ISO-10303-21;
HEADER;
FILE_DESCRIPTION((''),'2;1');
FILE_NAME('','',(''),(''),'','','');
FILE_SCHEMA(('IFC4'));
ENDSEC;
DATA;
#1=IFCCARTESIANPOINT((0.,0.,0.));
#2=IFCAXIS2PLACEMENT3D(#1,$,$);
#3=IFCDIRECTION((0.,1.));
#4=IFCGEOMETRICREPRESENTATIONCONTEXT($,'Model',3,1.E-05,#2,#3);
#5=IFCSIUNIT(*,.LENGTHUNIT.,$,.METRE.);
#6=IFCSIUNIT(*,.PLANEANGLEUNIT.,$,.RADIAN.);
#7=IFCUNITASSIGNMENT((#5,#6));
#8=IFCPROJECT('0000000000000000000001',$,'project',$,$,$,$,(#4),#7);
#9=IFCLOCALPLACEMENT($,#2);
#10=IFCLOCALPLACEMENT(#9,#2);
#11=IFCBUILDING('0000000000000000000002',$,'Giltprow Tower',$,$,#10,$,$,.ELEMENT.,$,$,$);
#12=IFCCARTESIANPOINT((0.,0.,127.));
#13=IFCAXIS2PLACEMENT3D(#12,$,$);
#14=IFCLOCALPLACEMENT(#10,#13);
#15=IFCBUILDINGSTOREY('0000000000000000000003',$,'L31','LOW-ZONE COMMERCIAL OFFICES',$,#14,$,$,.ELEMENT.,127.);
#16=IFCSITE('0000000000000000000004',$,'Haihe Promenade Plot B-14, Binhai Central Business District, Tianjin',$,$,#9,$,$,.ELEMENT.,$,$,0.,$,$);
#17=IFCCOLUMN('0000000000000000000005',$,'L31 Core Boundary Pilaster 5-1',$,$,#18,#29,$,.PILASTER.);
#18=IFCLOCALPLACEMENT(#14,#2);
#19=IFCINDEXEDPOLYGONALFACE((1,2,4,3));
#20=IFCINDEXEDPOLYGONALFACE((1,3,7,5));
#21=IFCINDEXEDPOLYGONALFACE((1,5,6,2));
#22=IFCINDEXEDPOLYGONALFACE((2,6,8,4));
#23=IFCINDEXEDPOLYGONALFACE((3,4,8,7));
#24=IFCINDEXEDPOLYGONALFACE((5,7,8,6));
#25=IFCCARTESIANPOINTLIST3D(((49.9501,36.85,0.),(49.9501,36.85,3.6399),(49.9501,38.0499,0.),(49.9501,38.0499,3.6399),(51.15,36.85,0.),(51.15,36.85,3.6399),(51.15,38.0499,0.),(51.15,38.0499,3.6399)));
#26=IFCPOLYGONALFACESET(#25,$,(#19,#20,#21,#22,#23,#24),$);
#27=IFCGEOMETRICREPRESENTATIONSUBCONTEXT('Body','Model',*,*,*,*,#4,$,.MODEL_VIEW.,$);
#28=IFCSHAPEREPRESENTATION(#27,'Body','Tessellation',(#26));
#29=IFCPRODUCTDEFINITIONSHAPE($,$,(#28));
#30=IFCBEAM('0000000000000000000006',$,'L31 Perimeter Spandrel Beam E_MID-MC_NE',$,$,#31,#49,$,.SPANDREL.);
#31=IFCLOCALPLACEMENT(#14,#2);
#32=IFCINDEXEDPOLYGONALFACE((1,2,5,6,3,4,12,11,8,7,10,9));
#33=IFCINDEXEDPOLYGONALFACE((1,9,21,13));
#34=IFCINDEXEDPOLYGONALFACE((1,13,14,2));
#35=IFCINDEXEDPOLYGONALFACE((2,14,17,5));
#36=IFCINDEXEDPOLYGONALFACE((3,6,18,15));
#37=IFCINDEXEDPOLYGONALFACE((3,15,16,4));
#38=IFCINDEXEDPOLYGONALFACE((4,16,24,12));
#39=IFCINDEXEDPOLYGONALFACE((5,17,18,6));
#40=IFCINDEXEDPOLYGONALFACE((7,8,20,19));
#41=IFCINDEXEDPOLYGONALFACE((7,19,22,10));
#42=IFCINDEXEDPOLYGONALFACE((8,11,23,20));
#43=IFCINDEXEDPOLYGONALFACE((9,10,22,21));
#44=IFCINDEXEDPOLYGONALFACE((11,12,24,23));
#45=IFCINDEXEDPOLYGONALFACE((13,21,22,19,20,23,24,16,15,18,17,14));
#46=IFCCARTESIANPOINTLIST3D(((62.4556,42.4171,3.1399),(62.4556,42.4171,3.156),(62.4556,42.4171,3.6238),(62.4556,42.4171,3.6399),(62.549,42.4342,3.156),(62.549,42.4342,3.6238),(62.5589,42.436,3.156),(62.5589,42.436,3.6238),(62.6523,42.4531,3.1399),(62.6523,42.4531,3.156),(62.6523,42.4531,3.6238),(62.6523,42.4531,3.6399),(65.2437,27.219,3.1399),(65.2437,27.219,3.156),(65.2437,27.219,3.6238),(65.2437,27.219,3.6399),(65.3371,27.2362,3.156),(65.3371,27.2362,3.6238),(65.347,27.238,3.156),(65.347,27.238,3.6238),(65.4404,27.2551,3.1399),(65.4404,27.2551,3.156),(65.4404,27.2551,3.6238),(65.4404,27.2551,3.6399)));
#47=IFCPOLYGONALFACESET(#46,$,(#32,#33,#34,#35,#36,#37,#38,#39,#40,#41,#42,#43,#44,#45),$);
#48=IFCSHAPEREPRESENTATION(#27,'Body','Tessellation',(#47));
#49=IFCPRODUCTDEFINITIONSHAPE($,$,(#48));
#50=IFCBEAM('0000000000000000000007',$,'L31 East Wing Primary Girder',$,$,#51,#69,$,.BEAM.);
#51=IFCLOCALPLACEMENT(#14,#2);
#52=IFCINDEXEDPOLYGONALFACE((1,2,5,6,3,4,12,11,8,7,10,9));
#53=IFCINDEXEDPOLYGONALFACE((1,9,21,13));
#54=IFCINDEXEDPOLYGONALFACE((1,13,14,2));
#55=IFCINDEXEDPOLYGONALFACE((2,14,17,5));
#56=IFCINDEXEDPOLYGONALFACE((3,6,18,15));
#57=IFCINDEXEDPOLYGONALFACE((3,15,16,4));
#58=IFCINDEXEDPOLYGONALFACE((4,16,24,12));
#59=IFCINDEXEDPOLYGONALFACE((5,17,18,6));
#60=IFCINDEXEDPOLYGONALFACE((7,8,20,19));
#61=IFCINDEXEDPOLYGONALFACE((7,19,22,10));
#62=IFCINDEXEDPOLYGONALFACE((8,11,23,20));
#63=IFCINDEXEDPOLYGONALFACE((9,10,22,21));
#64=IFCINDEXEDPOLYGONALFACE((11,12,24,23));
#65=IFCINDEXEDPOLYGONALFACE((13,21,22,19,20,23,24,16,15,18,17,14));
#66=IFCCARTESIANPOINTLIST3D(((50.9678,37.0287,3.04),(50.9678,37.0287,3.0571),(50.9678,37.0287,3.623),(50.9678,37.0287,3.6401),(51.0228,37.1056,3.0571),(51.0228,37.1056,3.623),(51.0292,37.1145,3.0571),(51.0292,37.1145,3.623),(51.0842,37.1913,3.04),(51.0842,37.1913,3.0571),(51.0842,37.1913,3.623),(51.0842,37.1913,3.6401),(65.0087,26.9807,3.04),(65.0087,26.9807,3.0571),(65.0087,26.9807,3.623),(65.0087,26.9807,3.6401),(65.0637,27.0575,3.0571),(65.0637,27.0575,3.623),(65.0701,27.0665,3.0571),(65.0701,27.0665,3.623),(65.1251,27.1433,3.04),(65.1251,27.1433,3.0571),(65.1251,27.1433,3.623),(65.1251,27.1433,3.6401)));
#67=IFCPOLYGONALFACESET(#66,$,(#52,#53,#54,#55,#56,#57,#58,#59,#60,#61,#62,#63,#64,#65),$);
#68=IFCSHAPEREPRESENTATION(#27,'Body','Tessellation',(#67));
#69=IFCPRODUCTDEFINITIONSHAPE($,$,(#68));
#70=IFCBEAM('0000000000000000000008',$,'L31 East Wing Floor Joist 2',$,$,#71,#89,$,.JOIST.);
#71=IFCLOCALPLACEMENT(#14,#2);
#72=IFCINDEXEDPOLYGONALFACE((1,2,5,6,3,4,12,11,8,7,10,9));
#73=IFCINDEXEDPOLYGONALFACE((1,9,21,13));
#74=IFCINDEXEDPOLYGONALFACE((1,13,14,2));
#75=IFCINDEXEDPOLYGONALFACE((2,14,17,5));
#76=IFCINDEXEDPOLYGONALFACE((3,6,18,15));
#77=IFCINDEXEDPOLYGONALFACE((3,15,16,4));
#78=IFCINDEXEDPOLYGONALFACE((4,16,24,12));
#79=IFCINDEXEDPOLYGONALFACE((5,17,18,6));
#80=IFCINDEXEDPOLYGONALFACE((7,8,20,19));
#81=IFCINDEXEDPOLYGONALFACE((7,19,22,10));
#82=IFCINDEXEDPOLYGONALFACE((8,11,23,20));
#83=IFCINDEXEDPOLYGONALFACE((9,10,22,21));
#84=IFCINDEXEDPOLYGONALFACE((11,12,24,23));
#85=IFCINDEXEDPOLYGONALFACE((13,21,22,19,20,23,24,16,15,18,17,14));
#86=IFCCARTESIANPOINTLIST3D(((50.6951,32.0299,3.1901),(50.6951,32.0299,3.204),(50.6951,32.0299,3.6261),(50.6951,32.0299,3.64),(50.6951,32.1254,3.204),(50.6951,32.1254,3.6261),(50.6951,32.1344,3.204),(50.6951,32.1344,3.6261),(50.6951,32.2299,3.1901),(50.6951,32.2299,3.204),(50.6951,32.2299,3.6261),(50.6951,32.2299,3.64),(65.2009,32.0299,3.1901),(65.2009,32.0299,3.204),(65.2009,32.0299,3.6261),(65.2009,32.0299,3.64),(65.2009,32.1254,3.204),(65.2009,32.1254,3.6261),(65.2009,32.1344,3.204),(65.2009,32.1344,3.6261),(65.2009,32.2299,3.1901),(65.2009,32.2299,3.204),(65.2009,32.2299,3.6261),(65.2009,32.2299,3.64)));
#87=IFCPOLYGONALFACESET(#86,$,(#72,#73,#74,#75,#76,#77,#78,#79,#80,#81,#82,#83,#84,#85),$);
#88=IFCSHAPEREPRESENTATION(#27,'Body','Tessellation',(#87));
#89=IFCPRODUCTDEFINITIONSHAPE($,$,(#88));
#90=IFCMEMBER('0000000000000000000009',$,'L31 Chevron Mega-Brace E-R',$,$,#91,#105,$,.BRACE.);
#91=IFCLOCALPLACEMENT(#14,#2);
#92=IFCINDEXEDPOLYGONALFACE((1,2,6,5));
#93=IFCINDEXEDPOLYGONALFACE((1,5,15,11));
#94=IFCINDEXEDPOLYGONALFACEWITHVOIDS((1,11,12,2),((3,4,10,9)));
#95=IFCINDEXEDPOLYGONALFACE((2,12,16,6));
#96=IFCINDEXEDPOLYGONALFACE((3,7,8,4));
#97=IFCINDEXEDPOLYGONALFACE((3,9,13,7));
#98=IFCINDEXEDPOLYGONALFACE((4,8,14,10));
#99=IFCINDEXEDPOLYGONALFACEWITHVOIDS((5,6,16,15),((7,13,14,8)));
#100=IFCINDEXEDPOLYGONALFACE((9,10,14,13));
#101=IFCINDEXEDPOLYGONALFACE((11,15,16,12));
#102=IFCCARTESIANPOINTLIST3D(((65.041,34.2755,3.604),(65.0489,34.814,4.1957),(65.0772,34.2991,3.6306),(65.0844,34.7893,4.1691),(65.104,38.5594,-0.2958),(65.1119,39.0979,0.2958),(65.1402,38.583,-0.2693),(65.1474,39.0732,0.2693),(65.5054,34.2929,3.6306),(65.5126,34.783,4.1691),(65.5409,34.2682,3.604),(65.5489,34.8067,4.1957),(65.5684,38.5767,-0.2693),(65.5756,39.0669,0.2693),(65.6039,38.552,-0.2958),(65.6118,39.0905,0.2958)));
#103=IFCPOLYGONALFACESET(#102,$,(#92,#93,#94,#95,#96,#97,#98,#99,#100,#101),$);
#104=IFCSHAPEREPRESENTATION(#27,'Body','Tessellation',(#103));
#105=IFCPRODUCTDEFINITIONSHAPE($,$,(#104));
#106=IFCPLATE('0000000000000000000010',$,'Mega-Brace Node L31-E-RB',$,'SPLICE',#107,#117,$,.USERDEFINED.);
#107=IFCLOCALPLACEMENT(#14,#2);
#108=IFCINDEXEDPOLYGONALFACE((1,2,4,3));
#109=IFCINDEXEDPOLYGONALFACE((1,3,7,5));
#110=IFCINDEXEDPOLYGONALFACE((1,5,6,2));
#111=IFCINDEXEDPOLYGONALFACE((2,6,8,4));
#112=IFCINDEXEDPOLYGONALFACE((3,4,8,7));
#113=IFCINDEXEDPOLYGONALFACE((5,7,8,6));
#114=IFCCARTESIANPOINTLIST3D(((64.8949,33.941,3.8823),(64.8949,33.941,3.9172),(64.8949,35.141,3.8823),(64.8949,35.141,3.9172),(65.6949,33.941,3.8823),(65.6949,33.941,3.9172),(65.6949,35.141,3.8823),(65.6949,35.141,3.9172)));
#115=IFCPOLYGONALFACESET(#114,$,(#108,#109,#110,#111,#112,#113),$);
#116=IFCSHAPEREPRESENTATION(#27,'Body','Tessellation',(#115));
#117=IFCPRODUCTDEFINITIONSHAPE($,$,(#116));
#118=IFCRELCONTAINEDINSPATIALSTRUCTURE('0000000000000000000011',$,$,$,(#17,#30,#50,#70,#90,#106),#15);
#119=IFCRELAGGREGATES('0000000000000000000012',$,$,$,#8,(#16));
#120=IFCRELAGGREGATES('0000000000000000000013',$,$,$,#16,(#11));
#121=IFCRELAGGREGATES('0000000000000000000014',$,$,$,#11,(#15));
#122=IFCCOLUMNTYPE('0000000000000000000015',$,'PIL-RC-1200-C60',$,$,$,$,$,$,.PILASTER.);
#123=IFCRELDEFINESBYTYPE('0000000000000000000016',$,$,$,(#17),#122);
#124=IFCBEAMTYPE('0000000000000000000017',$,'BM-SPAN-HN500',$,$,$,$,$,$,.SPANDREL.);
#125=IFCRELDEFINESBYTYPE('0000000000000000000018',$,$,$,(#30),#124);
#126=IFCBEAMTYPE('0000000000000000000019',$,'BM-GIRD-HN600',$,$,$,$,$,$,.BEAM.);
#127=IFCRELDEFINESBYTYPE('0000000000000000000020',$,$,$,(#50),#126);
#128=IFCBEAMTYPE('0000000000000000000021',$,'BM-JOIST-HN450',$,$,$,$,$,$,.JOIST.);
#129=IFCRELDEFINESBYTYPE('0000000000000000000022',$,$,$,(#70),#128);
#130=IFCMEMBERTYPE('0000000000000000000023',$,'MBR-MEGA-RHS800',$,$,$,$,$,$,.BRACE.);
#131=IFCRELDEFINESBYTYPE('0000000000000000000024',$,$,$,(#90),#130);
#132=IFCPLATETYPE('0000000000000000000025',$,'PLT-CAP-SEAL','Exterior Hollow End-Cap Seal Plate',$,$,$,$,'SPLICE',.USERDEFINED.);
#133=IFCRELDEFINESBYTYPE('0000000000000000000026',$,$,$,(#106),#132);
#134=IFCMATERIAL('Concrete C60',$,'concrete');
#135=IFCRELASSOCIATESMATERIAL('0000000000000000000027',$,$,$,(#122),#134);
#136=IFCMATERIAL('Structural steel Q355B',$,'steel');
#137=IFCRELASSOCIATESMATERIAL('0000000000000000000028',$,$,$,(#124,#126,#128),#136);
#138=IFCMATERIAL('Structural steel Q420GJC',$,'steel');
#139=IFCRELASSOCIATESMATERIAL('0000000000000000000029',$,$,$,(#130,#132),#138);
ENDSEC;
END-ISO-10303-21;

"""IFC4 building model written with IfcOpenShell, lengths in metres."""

from ifc_helpers import new_model, si_unit, direction, frame, origin, origin_2d, place, context, subcontext, project, spatial, rectangle, hollow_rectangle, i_section, extrude, source, transform, mapped, material, material_profile, profile_set, type_object, element, save


model = new_model("IFC4")

# Units and contexts
model_context = context("Model", 3, precision=1e-05, world=origin(), true_north=direction((0.0, 1.0)))
body_context = subcontext(model_context, "Body", "Model", "MODEL_VIEW")
ifc_project = project(units=[si_unit("LENGTHUNIT", "METRE"), si_unit("PLANEANGLEUNIT", "RADIAN")], contexts=[model_context])

# Site, building, storey
site_placement = place(None, origin())
site = spatial("IfcSite", under=ifc_project, at=site_placement, Name="Haihe Promenade Plot B-14, Binhai Central Business District, Tianjin", CompositionType="ELEMENT", RefElevation=0.0)
building_placement = place(site_placement, origin())
building = spatial("IfcBuilding", under=site, at=building_placement, Name="Giltprow Tower", CompositionType="ELEMENT")
storey_placement = place(building_placement, frame((0.0, 0.0, 127.0)))
storey = spatial("IfcBuildingStorey", under=building, at=storey_placement, Name="L31", Description="LOW-ZONE COMMERCIAL OFFICES", CompositionType="ELEMENT", Elevation=127.0)

# Column
ifc_material_1 = material(Name="Concrete C60", Category="concrete")
ifc_material_profile_1 = material_profile(ifc_material_1, rectangle(XDim=1.2, YDim=1.2, at=origin_2d()), Name="RC 1200x1200")
ifc_profile_set_1 = profile_set([ifc_material_profile_1], Name="Concrete C60")
column_type = type_object("IfcColumnType", Name="PIL-RC-1200-C60", PredefinedType="PILASTER", material=ifc_profile_set_1)
shared_shape_1 = source(origin(), body_context, "Body", "SweptSolid", [
    extrude(rectangle(XDim=1.2, YDim=1.2, at=origin_2d()), origin(), (0.0, 0.0, 1.0), 3.6399),
])
column_placement = place(storey_placement, frame((50.55, 37.45, 0.0), z_axis=(0.0, 0.0, 1.0), x_axis=(1.0, 0.0, 0.0)))
element("IfcColumn", 1, at=column_placement, inside=storey, type_object=column_type, Name="L31 Core Boundary Pilaster 5-1", PredefinedType="PILASTER", context=body_context, shape_type="MappedRepresentation", body=[
    mapped(shared_shape_1, transform((0.0, 0.0, 0.0), x_axis=(1.0, 0.0, 0.0), y_axis=(0.0, 1.0, 0.0), z_axis=(0.0, 0.0, 1.0), scale=1.0)),
])

# Beams
ifc_material_2 = material(Name="Structural steel Q355B", Category="steel")
ifc_material_profile_2 = material_profile(ifc_material_2, i_section(OverallWidth=0.2, OverallDepth=0.5, WebThickness=0.01, FlangeThickness=0.0161, at=origin_2d()), Name="HN 500x200x10x16")
ifc_profile_set_2 = profile_set([ifc_material_profile_2], Name="Structural steel Q355B")
beam_type_1 = type_object("IfcBeamType", Name="BM-SPAN-HN500", PredefinedType="SPANDREL", material=ifc_profile_set_2)
shared_shape_2 = source(origin(), body_context, "Body", "SweptSolid", [
    extrude(i_section(OverallWidth=0.2, OverallDepth=0.5, WebThickness=0.01, FlangeThickness=0.0161, at=origin_2d()), origin(), (0.0, 0.0, 1.0), 15.4517),
])
beam_1_placement = place(storey_placement, frame((65.342, 27.2371, 3.3899), z_axis=(-0.18044, 0.983586, 0.0), x_axis=(-0.983586, -0.18044, 0.0)))
element("IfcBeam", 2, at=beam_1_placement, inside=storey, type_object=beam_type_1, Name="L31 Perimeter Spandrel Beam E_MID-MC_NE", PredefinedType="SPANDREL", context=body_context, shape_type="MappedRepresentation", body=[
    mapped(shared_shape_2, transform((0.0, 0.0, 0.0), x_axis=(1.0, 0.0, 0.0), y_axis=(0.0, 1.0, 0.0), z_axis=(0.0, 0.0, 1.0), scale=1.0)),
])
ifc_material_profile_3 = material_profile(ifc_material_2, i_section(OverallWidth=0.2, OverallDepth=0.6001, WebThickness=0.011, FlangeThickness=0.0171, at=origin_2d()), Name="HN 600x200x11x17")
ifc_profile_set_3 = profile_set([ifc_material_profile_3], Name="Structural steel Q355B")
beam_type_2 = type_object("IfcBeamType", Name="BM-GIRD-HN600", PredefinedType="BEAM", material=ifc_profile_set_3)
shared_shape_3 = source(origin(), body_context, "Body", "SweptSolid", [
    extrude(i_section(OverallWidth=0.2, OverallDepth=0.6001, WebThickness=0.011, FlangeThickness=0.0171, at=origin_2d()), origin(), (0.0, 0.0, 1.0), 17.2659),
])
beam_2_placement = place(storey_placement, frame((65.0669, 27.062, 3.3401), z_axis=(-0.813218, 0.581959, 0.0), x_axis=(-0.581959, -0.813218, 0.0)))
element("IfcBeam", 3, at=beam_2_placement, inside=storey, type_object=beam_type_2, Name="L31 East Wing Primary Girder", PredefinedType="BEAM", context=body_context, shape_type="MappedRepresentation", body=[
    mapped(shared_shape_3, transform((0.0, 0.0, 0.0), x_axis=(1.0, 0.0, 0.0), y_axis=(0.0, 1.0, 0.0), z_axis=(0.0, 0.0, 1.0), scale=1.0)),
])
ifc_material_profile_4 = material_profile(ifc_material_2, i_section(OverallWidth=0.2, OverallDepth=0.45, WebThickness=0.009, FlangeThickness=0.0139, at=origin_2d()), Name="HN 450x200x9x14")
ifc_profile_set_4 = profile_set([ifc_material_profile_4], Name="Structural steel Q355B")
beam_type_3 = type_object("IfcBeamType", Name="BM-JOIST-HN450", PredefinedType="JOIST", material=ifc_profile_set_4)
shared_shape_4 = source(origin(), body_context, "Body", "SweptSolid", [
    extrude(i_section(OverallWidth=0.2, OverallDepth=0.45, WebThickness=0.009, FlangeThickness=0.0139, at=origin_2d()), origin(), (0.0, 0.0, 1.0), 14.5059),
])
beam_3_placement = place(storey_placement, frame((50.6951, 32.1299, 3.415), z_axis=(1.0, 0.0, 0.0), x_axis=(0.0, 1.0, 0.0)))
element("IfcBeam", 4, at=beam_3_placement, inside=storey, type_object=beam_type_3, Name="L31 East Wing Floor Joist 2", PredefinedType="JOIST", context=body_context, shape_type="MappedRepresentation", body=[
    mapped(shared_shape_4, transform((0.0, 0.0, 0.0), x_axis=(1.0, 0.0, 0.0), y_axis=(0.0, 1.0, 0.0), z_axis=(0.0, 0.0, 1.0), scale=1.0)),
])

# Member
ifc_material_3 = material(Name="Structural steel Q420GJC", Category="steel")
ifc_material_profile_5 = material_profile(ifc_material_3, hollow_rectangle(XDim=0.5, YDim=0.8, WallThickness=0.0359, at=origin_2d()), Name="RHS 800x500x36")
ifc_profile_set_5 = profile_set([ifc_material_profile_5], Name="Structural steel Q420GJC")
member_type = type_object("IfcMemberType", Name="MBR-MEGA-RHS800", PredefinedType="BRACE", material=ifc_profile_set_5)
shared_shape_5 = source(origin(), body_context, "Body", "SweptSolid", [
    extrude(hollow_rectangle(XDim=0.5, YDim=0.8, WallThickness=0.0359, at=origin_2d()), origin(), (0.0, 0.0, 1.0), 5.7935),
])
member_placement = place(storey_placement, frame((65.3579, 38.825, 0.0), z_axis=(-0.010872, -0.739431, 0.673145), x_axis=(0.999892, -0.014702, 0.0)))
element("IfcMember", 5, at=member_placement, inside=storey, type_object=member_type, Name="L31 Chevron Mega-Brace E-R", PredefinedType="BRACE", context=body_context, shape_type="MappedRepresentation", body=[
    mapped(shared_shape_5, transform((0.0, 0.0, 0.0), x_axis=(1.0, 0.0, 0.0), y_axis=(0.0, 1.0, 0.0), z_axis=(0.0, 0.0, 1.0), scale=1.0)),
])

# Plate
plate_type = type_object("IfcPlateType", Name="PLT-CAP-SEAL", Description="Exterior Hollow End-Cap Seal Plate", ElementType="SPLICE", PredefinedType="USERDEFINED", material=ifc_material_3)
shared_shape_6 = source(origin(), body_context, "Body", "SweptSolid", [
    extrude(rectangle(XDim=1.2, YDim=0.8, at=origin_2d()), origin(), (0.0, 0.0, 1.0), 0.0349),
])
plate_placement = place(storey_placement, frame((65.2949, 34.541, 3.8823), z_axis=(0.0, 0.0, 1.0), x_axis=(0.0, 1.0, 0.0)))
element("IfcPlate", 6, at=plate_placement, inside=storey, type_object=plate_type, Name="Mega-Brace Node L31-E-RB", ObjectType="SPLICE", PredefinedType="USERDEFINED", context=body_context, shape_type="MappedRepresentation", body=[
    mapped(shared_shape_6, transform((0.0, 0.0, 0.0), x_axis=(1.0, 0.0, 0.0), y_axis=(0.0, 1.0, 0.0), z_axis=(0.0, 0.0, 1.0), scale=1.0)),
])

save(model, "model.ifc")
